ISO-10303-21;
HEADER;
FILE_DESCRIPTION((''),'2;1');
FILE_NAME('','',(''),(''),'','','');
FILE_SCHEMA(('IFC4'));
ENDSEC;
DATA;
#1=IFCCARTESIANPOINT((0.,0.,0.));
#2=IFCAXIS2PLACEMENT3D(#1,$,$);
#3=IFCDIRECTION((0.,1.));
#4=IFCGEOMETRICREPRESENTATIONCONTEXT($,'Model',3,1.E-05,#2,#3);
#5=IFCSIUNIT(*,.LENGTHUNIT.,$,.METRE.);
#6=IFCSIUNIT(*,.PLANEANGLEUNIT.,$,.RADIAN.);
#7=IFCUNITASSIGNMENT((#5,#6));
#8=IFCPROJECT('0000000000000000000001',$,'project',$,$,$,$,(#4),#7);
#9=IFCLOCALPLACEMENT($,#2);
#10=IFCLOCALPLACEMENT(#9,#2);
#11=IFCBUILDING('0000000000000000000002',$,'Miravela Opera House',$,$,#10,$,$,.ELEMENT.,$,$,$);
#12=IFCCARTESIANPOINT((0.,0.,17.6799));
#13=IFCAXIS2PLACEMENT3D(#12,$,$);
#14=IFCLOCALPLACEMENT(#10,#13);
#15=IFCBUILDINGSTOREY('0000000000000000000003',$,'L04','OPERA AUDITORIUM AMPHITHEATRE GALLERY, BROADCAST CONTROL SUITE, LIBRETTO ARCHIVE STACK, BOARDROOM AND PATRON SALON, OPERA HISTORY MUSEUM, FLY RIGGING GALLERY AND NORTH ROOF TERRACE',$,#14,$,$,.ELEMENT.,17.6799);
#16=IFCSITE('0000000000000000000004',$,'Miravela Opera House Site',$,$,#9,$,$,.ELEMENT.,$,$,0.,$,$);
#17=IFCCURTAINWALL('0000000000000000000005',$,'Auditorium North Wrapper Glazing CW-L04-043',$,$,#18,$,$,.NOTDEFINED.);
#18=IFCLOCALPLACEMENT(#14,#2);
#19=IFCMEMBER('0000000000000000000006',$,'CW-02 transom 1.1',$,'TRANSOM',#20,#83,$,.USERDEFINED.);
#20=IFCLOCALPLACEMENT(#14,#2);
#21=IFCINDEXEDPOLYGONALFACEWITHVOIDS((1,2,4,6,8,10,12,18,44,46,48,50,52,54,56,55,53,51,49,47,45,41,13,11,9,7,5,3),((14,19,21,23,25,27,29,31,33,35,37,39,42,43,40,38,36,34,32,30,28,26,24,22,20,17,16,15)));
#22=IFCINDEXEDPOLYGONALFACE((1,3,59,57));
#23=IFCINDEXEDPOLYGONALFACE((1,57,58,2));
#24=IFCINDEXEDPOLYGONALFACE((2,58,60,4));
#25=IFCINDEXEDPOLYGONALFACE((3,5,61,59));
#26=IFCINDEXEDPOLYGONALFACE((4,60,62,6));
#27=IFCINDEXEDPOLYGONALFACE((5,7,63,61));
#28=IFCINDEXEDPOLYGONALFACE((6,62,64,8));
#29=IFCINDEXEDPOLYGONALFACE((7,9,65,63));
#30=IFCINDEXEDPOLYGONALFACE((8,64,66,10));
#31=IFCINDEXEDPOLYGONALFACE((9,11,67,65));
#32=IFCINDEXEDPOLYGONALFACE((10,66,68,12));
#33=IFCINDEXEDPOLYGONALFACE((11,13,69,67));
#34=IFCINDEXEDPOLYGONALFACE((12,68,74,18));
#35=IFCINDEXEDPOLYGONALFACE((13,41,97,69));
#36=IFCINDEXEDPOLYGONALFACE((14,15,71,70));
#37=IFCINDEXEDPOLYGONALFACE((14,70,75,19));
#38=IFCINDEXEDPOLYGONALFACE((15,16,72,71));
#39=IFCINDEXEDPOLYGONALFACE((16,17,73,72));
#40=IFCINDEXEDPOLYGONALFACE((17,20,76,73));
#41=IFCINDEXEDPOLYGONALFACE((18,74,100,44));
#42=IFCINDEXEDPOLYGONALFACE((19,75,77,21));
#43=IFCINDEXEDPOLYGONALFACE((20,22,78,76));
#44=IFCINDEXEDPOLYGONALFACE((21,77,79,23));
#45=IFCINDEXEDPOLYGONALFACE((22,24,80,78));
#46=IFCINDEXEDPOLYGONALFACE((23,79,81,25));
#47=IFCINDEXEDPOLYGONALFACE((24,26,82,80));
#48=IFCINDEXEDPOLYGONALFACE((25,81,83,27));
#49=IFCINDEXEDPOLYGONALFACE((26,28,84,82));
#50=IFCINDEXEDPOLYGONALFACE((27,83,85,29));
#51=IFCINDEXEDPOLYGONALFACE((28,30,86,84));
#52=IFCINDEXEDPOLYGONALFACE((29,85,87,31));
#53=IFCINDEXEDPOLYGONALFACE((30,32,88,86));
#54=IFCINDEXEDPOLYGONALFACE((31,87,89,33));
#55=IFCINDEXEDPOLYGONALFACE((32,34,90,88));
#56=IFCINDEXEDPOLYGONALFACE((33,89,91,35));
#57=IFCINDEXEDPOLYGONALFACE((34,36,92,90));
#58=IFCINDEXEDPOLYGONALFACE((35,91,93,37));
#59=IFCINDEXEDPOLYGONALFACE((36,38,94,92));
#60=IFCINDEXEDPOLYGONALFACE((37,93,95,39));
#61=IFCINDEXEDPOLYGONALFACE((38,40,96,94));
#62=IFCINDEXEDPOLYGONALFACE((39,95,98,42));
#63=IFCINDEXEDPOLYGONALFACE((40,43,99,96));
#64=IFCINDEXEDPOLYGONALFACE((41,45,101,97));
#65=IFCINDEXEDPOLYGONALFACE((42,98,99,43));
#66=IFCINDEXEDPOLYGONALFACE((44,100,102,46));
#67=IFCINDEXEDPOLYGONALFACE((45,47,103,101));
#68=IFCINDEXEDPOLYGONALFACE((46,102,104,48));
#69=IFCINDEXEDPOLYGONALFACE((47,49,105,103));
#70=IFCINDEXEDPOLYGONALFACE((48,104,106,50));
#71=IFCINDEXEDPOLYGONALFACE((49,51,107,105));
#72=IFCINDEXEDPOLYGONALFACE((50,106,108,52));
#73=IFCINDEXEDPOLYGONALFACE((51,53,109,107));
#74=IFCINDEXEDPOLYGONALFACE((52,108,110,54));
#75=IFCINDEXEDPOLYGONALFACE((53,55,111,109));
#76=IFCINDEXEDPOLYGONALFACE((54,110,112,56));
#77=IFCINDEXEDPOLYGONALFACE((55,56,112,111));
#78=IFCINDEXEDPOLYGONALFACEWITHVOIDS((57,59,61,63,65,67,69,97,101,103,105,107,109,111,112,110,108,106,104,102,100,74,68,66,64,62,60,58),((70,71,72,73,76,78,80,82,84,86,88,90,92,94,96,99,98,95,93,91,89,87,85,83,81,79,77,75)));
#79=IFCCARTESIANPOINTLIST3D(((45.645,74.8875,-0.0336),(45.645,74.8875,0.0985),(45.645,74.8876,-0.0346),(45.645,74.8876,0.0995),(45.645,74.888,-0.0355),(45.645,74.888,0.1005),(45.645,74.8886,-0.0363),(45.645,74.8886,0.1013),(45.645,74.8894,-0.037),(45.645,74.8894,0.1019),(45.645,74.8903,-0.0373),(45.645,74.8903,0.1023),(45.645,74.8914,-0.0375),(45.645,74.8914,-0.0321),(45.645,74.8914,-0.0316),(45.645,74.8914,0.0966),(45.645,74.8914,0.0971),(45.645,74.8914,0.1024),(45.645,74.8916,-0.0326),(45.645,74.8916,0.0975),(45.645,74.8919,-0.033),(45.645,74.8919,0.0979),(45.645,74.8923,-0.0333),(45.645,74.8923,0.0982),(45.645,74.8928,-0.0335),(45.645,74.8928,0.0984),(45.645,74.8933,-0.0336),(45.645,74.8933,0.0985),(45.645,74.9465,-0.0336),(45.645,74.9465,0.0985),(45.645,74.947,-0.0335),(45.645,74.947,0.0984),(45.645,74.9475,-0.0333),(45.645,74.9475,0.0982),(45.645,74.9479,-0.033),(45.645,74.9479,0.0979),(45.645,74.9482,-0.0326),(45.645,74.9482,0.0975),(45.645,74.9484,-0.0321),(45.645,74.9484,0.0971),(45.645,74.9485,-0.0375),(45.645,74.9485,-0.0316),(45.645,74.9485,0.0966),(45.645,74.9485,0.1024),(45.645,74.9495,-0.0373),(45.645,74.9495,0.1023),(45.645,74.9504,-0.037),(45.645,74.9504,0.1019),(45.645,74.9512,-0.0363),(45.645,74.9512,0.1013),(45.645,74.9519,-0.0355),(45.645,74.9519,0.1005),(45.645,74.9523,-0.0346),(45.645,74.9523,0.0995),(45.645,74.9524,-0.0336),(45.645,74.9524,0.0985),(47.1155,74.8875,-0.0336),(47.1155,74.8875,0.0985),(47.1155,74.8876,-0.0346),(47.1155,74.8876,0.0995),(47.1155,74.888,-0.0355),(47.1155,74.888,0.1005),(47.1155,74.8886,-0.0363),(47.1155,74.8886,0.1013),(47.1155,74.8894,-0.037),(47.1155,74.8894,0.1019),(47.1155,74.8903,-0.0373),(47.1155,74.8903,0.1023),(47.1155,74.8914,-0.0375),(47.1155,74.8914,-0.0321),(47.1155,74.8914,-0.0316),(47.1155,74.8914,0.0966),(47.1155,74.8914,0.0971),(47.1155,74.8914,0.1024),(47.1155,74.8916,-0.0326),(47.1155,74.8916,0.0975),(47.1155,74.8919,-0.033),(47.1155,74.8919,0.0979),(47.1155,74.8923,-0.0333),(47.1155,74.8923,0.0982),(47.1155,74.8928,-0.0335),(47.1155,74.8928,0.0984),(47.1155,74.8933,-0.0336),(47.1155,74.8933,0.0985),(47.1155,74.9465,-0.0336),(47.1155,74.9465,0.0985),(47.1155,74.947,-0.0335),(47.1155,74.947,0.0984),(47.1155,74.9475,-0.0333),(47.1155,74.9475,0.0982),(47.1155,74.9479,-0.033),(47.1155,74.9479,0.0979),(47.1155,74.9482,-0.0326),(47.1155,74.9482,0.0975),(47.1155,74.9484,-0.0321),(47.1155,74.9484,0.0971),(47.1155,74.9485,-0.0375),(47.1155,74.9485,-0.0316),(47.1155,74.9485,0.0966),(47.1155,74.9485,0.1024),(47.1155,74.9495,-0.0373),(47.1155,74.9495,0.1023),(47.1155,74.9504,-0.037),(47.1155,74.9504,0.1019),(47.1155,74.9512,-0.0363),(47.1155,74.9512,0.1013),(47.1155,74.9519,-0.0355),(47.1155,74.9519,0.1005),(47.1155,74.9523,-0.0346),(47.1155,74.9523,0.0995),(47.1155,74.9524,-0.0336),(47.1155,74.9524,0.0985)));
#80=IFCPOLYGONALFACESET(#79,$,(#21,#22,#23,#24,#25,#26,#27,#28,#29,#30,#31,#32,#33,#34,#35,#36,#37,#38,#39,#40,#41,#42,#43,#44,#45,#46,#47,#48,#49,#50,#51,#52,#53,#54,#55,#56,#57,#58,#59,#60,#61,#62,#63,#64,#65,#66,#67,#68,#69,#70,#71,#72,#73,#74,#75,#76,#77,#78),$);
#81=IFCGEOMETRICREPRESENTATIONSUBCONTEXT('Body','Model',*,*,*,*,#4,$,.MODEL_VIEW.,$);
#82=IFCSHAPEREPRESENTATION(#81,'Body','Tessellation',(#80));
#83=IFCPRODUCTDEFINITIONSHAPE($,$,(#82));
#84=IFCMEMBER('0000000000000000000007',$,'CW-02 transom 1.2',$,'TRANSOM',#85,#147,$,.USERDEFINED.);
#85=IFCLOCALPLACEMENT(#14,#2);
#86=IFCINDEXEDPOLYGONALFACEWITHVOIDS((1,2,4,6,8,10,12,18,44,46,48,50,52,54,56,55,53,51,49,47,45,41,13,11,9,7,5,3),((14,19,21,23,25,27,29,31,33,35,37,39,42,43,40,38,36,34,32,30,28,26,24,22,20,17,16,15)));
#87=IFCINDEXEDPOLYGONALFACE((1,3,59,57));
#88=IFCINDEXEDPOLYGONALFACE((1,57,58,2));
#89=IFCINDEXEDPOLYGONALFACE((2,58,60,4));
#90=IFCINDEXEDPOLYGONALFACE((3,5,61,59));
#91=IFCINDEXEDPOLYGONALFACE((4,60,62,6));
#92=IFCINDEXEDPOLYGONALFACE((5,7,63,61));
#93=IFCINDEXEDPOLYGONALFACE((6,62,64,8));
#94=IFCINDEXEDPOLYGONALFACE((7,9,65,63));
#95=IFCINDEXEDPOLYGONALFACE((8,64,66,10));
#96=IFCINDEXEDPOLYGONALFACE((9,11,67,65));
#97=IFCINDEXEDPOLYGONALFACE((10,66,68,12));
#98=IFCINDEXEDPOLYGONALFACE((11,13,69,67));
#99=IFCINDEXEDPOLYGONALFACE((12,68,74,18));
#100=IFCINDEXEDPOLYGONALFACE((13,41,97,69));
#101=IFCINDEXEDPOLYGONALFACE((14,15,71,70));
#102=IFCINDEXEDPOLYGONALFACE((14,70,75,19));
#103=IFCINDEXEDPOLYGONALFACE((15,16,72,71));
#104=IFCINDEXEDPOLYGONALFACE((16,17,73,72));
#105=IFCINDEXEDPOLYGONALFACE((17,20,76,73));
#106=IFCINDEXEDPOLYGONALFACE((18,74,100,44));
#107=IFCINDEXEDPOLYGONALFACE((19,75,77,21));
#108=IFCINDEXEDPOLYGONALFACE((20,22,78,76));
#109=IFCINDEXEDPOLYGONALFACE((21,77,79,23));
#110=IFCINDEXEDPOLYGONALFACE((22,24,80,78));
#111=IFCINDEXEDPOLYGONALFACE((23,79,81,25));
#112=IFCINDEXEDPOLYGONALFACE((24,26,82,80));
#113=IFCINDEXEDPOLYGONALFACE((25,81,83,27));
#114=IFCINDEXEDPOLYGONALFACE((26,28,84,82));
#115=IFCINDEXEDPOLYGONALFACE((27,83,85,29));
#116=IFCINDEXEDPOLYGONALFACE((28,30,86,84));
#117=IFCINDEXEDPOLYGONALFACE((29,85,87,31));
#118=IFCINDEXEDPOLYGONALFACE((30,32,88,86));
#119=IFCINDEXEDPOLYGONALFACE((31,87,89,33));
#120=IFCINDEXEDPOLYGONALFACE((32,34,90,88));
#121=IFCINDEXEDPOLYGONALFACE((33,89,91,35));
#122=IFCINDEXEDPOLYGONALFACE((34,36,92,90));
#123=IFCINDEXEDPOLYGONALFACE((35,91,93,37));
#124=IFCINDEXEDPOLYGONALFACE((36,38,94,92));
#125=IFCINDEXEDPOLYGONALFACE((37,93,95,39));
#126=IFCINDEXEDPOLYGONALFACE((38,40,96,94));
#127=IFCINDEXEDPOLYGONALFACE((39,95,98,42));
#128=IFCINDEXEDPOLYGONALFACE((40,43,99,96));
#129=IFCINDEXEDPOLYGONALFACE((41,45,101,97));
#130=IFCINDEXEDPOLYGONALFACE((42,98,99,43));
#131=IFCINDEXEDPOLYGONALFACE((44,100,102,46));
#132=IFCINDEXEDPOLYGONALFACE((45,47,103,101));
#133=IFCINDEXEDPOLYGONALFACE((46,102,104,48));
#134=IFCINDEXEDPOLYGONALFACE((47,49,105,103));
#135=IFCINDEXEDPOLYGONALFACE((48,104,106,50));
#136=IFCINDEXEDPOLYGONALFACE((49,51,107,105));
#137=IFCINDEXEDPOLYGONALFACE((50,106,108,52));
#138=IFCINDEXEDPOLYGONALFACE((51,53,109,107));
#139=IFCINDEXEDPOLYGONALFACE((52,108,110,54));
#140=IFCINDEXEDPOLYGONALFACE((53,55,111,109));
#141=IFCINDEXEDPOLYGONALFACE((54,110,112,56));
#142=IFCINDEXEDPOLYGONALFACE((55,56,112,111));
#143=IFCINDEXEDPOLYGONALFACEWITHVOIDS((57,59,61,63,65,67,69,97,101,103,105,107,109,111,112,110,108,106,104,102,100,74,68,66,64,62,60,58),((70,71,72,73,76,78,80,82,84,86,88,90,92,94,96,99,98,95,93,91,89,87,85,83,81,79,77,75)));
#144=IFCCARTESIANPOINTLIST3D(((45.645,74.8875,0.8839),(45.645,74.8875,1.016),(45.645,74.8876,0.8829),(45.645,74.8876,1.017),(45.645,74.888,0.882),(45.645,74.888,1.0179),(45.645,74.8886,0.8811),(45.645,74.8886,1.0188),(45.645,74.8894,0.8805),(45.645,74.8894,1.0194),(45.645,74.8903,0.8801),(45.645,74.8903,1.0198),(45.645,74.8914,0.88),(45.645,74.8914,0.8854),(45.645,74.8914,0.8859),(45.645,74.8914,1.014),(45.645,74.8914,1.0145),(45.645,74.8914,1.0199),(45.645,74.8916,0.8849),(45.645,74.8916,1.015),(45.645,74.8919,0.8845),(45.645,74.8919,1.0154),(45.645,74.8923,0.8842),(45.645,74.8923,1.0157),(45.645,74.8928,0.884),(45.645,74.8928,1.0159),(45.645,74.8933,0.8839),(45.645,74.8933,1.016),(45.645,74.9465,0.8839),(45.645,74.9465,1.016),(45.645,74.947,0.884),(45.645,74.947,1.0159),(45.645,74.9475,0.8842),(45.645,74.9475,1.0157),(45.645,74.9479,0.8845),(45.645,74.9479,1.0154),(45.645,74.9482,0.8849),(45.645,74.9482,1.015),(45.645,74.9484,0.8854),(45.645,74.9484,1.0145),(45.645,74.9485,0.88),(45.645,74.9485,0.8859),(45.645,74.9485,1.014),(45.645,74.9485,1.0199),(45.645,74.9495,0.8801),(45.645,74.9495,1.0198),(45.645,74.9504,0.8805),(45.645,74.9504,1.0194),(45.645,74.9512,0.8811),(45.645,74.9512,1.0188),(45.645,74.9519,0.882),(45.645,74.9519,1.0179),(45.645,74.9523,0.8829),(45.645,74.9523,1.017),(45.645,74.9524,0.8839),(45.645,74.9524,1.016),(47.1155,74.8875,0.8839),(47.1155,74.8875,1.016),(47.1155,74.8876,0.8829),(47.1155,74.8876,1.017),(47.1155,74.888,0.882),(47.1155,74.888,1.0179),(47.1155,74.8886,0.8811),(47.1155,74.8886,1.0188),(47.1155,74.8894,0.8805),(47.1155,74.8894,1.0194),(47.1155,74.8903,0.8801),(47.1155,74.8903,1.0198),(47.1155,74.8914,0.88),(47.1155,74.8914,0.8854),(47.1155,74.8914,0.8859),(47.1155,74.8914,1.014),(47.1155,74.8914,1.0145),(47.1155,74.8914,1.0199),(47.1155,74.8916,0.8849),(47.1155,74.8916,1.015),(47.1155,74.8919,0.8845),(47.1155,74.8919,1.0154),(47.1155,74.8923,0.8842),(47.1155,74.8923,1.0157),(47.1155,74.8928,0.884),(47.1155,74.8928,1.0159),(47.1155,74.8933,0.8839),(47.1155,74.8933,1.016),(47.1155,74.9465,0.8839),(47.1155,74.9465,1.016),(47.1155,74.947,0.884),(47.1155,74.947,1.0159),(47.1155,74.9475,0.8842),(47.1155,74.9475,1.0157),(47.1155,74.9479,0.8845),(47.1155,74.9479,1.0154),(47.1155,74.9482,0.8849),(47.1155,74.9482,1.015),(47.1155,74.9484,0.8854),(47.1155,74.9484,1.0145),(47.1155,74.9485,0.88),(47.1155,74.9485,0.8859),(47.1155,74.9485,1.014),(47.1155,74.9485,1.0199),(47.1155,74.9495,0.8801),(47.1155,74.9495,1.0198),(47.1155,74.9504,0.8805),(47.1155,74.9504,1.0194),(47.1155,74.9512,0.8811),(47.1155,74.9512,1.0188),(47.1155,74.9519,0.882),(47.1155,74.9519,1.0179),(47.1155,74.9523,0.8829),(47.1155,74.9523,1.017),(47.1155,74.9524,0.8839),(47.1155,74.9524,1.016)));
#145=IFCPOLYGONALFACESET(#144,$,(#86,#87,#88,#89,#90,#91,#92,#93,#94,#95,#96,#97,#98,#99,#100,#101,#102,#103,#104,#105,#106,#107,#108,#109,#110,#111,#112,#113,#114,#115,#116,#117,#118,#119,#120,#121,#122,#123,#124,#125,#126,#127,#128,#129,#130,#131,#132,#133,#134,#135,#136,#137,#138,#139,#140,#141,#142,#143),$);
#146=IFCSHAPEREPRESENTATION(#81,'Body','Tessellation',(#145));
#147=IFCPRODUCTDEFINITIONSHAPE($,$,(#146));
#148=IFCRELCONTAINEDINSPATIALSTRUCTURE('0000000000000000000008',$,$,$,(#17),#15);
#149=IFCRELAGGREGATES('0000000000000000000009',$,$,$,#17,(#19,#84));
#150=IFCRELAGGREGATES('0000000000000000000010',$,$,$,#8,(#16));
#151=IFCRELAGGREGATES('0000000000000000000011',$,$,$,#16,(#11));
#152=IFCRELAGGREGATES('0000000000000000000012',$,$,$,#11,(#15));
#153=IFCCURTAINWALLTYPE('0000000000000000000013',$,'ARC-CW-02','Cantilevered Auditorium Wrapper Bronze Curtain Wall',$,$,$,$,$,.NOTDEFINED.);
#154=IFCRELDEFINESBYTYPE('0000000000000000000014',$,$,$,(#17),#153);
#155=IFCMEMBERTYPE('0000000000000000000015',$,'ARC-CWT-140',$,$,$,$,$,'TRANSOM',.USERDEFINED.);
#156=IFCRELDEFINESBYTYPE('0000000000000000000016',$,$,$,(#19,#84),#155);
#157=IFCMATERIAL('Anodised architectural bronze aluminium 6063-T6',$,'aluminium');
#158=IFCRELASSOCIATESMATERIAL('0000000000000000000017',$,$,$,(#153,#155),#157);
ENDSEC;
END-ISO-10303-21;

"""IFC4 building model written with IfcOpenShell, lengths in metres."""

from ifc_helpers import new_model, si_unit, direction, frame, origin, origin_2d, place, context, subcontext, project, spatial, hollow_rectangle, extrude, material, material_profile, profile_set, type_object, element, aggregate, save


model = new_model("IFC4")

# Units and contexts
model_context = context("Model", 3, precision=1e-05, world=origin(), true_north=direction((0.0, 1.0)))
body_context = subcontext(model_context, "Body", "Model", "MODEL_VIEW")
ifc_project = project(units=[si_unit("LENGTHUNIT", "METRE"), si_unit("PLANEANGLEUNIT", "RADIAN")], contexts=[model_context])

# Site, building, storey
site_placement = place(None, origin())
site = spatial("IfcSite", under=ifc_project, at=site_placement, Name="Miravela Opera House Site", CompositionType="ELEMENT", RefElevation=0.0)
building_placement = place(site_placement, origin())
building = spatial("IfcBuilding", under=site, at=building_placement, Name="Miravela Opera House", CompositionType="ELEMENT")
storey_placement = place(building_placement, frame((0.0, 0.0, 17.6799)))
storey = spatial("IfcBuildingStorey", under=building, at=storey_placement, Name="L04", Description="OPERA AUDITORIUM AMPHITHEATRE GALLERY, BROADCAST CONTROL SUITE, LIBRETTO ARCHIVE STACK, BOARDROOM AND PATRON SALON, OPERA HISTORY MUSEUM, FLY RIGGING GALLERY AND NORTH ROOF TERRACE", CompositionType="ELEMENT", Elevation=17.6799)

# Curtain wall
ifc_material_1 = material(Name="Anodised architectural bronze aluminium 6063-T6", Category="aluminium")
curtain_wall_type = type_object("IfcCurtainWallType", Name="ARC-CW-02", Description="Cantilevered Auditorium Wrapper Bronze Curtain Wall", PredefinedType="NOTDEFINED", material=ifc_material_1)
curtain_wall_1_placement = place(storey_placement, origin())
curtain_wall_1 = element("IfcCurtainWall", 1, at=curtain_wall_1_placement, inside=storey, type_object=curtain_wall_type, Name="Auditorium North Wrapper Glazing CW-L04-043", PredefinedType="NOTDEFINED")

# Members
ifc_material_profile_1 = material_profile(ifc_material_1, hollow_rectangle(XDim=0.0649, YDim=0.1399, WallThickness=0.0039, InnerFilletRadius=0.002, OuterFilletRadius=0.0039, at=origin_2d()), Name="CWT-65X140")
ifc_profile_set_1 = profile_set([ifc_material_profile_1])
member_type_1 = type_object("IfcMemberType", Name="ARC-CWT-140", ElementType="TRANSOM", PredefinedType="USERDEFINED", material=ifc_profile_set_1)
member_1_placement = place(storey_placement, frame((45.645, 74.9199, 0.0325), z_axis=(1.0, 0.0, 0.0), x_axis=(0.0, 1.0, 0.0)))
member_1 = element("IfcMember", 2, at=member_1_placement, type_object=member_type_1, Name="CW-02 transom 1.1", ObjectType="TRANSOM", PredefinedType="USERDEFINED", context=body_context, shape_type="SweptSolid", body=[
    extrude(hollow_rectangle(XDim=0.0649, YDim=0.1399, WallThickness=0.0039, InnerFilletRadius=0.002, OuterFilletRadius=0.0039, at=origin_2d()), origin(), (0.0, 0.0, 1.0), 1.4705),
])
member_2_placement = place(storey_placement, frame((45.645, 74.9199, 0.95), z_axis=(1.0, 0.0, 0.0), x_axis=(0.0, 1.0, 0.0)))
member_2 = element("IfcMember", 3, at=member_2_placement, type_object=member_type_1, Name="CW-02 transom 1.2", ObjectType="TRANSOM", PredefinedType="USERDEFINED", context=body_context, shape_type="SweptSolid", body=[
    extrude(hollow_rectangle(XDim=0.0649, YDim=0.1399, WallThickness=0.0039, InnerFilletRadius=0.002, OuterFilletRadius=0.0039, at=origin_2d()), origin(), (0.0, 0.0, 1.0), 1.4705),
])

aggregate(curtain_wall_1, [member_1, member_2])

save(model, "model.ifc")
